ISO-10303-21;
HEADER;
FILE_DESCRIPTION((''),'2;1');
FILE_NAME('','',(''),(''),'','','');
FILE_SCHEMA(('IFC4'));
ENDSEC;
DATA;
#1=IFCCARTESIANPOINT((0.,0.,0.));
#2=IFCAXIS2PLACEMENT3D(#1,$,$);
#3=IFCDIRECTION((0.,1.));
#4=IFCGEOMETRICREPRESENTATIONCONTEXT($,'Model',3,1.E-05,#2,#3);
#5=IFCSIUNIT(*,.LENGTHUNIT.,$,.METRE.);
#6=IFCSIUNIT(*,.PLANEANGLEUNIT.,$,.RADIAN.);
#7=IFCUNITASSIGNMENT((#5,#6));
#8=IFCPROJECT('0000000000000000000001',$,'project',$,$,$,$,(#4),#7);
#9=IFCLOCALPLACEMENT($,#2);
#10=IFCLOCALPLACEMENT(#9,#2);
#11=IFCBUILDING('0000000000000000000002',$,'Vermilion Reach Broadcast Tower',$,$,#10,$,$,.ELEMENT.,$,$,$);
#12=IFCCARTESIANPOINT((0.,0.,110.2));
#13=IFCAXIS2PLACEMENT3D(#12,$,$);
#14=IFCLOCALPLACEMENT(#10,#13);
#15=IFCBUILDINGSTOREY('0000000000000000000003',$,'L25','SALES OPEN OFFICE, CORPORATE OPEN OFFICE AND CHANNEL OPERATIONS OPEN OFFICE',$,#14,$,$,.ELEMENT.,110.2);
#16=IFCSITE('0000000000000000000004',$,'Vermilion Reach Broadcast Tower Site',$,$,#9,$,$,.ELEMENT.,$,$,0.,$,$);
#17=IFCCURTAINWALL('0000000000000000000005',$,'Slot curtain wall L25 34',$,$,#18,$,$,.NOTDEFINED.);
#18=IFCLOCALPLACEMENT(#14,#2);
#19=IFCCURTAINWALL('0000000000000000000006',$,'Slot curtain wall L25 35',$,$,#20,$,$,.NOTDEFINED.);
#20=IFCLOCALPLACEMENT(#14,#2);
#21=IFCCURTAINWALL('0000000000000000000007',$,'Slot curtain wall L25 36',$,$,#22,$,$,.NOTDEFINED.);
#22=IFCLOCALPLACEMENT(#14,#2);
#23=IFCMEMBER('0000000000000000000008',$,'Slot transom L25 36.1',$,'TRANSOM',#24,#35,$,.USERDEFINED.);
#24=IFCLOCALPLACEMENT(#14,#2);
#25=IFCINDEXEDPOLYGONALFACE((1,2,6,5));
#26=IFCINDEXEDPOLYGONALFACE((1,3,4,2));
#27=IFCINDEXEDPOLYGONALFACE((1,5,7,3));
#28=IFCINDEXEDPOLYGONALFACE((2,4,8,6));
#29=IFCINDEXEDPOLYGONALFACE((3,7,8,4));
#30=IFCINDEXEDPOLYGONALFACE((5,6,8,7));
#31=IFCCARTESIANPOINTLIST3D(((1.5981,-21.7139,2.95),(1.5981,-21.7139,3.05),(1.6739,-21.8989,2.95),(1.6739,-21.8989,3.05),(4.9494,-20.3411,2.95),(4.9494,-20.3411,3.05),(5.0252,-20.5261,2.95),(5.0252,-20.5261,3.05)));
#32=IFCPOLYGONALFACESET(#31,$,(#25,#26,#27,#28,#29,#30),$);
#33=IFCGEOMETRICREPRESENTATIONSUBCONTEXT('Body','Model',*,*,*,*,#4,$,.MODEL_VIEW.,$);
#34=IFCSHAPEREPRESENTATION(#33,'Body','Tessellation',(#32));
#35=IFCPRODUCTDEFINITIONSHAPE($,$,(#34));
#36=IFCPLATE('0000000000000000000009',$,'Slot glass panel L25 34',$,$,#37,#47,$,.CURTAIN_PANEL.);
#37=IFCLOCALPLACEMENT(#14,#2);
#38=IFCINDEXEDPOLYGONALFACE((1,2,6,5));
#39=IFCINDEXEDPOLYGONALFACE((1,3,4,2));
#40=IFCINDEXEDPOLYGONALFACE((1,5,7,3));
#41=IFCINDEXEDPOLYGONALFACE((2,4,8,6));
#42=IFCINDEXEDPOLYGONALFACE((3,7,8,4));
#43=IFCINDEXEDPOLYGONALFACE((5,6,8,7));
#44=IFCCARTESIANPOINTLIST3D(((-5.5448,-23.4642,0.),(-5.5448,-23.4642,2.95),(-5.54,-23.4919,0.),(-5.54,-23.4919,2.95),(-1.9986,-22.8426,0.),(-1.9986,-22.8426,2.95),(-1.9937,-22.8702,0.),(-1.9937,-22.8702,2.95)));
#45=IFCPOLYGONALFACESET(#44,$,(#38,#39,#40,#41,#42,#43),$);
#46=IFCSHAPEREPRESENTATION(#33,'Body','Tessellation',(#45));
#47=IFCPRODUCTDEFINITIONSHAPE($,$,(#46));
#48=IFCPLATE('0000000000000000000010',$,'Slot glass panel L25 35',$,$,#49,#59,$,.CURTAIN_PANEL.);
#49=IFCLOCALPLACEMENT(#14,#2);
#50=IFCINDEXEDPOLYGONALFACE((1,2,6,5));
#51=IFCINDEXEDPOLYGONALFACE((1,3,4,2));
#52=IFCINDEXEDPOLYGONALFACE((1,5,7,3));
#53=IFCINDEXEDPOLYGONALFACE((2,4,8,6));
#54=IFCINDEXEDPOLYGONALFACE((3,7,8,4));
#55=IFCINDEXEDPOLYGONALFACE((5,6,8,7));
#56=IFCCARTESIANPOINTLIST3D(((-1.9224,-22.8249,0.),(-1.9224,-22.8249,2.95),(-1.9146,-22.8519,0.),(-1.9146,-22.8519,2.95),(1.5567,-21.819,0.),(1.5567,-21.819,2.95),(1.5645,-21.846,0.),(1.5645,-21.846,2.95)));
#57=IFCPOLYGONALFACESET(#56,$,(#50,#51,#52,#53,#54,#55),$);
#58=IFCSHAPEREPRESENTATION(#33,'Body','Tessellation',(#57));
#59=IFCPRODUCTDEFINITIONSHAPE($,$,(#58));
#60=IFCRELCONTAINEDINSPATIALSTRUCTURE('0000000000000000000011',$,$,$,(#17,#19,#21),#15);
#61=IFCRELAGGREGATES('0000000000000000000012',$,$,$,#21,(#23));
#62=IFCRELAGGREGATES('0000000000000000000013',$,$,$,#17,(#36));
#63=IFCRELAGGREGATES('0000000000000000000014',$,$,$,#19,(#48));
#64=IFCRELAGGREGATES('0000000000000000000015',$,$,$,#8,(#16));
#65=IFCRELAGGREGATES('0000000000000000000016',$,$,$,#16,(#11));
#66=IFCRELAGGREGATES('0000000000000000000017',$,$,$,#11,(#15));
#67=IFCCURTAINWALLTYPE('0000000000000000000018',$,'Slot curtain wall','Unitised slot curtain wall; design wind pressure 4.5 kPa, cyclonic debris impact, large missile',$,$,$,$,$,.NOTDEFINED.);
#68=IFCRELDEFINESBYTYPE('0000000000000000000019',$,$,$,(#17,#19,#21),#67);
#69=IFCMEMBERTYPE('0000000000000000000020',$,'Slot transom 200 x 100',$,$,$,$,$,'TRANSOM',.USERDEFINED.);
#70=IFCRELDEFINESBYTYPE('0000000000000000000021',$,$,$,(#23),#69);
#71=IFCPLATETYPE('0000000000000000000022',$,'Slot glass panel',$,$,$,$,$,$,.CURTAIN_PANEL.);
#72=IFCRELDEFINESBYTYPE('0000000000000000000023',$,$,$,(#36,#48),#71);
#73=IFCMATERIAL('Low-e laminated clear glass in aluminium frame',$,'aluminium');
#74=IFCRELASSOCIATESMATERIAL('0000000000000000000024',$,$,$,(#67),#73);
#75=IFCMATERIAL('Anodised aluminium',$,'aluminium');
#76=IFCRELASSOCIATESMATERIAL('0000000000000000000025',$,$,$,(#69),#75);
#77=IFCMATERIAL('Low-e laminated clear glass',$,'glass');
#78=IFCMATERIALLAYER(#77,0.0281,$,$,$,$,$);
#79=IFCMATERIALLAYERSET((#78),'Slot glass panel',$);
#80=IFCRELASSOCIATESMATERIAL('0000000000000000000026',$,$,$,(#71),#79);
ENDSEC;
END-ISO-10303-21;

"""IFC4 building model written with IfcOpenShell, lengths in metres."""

from ifc_helpers import new_model, si_unit, direction, frame, origin, origin_2d, place, context, subcontext, project, spatial, rectangle, extrude, material, layer, layer_set, material_profile, profile_set, type_object, element, aggregate, save


model = new_model("IFC4")

# Units and contexts
model_context = context("Model", 3, precision=1e-05, world=origin(), true_north=direction((0.0, 1.0)))
body_context = subcontext(model_context, "Body", "Model", "MODEL_VIEW")
ifc_project = project(units=[si_unit("LENGTHUNIT", "METRE"), si_unit("PLANEANGLEUNIT", "RADIAN")], contexts=[model_context])

# Site, building, storey
site_placement = place(None, origin())
site = spatial("IfcSite", under=ifc_project, at=site_placement, Name="Vermilion Reach Broadcast Tower Site", CompositionType="ELEMENT", RefElevation=0.0)
building_placement = place(site_placement, origin())
building = spatial("IfcBuilding", under=site, at=building_placement, Name="Vermilion Reach Broadcast Tower", CompositionType="ELEMENT")
storey_placement = place(building_placement, frame((0.0, 0.0, 110.2)))
storey = spatial("IfcBuildingStorey", under=building, at=storey_placement, Name="L25", Description="SALES OPEN OFFICE, CORPORATE OPEN OFFICE AND CHANNEL OPERATIONS OPEN OFFICE", CompositionType="ELEMENT", Elevation=110.2)

# Curtain walls
ifc_material_1 = material(Name="Low-e laminated clear glass in aluminium frame", Category="aluminium")
curtain_wall_type = type_object("IfcCurtainWallType", Name="Slot curtain wall", Description="Unitised slot curtain wall; design wind pressure 4.5 kPa, cyclonic debris impact, large missile", PredefinedType="NOTDEFINED", material=ifc_material_1)
placement = place(storey_placement, origin())
curtain_wall_1 = element("IfcCurtainWall", 1, at=placement, inside=storey, type_object=curtain_wall_type, Name="Slot curtain wall L25 34", PredefinedType="NOTDEFINED")
curtain_wall_2 = element("IfcCurtainWall", 2, at=placement, inside=storey, type_object=curtain_wall_type, Name="Slot curtain wall L25 35", PredefinedType="NOTDEFINED")
curtain_wall_3 = element("IfcCurtainWall", 3, at=placement, inside=storey, type_object=curtain_wall_type, Name="Slot curtain wall L25 36", PredefinedType="NOTDEFINED")

# Member
ifc_material_2 = material(Name="Anodised aluminium", Category="aluminium")
ifc_material_profile_1 = material_profile(ifc_material_2, rectangle(XDim=0.2, YDim=0.1001, at=origin_2d()), Name="Slot transom 200 x 100")
ifc_profile_set_1 = profile_set([ifc_material_profile_1], Name="Anodised aluminium")
member_type_1 = type_object("IfcMemberType", Name="Slot transom 200 x 100", ElementType="TRANSOM", PredefinedType="USERDEFINED", material=ifc_profile_set_1)
member_1_placement = place(storey_placement, frame((1.636, -21.8064, 3.0), z_axis=(0.925372, 0.379061, 0.0), x_axis=(-0.379061, 0.925372, 0.0)))
member_1 = element("IfcMember", 4, at=member_1_placement, type_object=member_type_1, Name="Slot transom L25 36.1", ObjectType="TRANSOM", PredefinedType="USERDEFINED", context=body_context, shape_type="SweptSolid", body=[
    extrude(rectangle(XDim=0.2, YDim=0.1001, at=origin_2d()), origin(), (0.0, 0.0, 1.0), 3.6216),
])
aggregate(curtain_wall_3, [member_1])

# Plates
ifc_material_3 = material(Name="Low-e laminated clear glass", Category="glass")
ifc_layer = layer(ifc_material_3, 0.0281)
ifc_layer_set = layer_set([ifc_layer], Name="Slot glass panel")
plate_type = type_object("IfcPlateType", Name="Slot glass panel", PredefinedType="CURTAIN_PANEL", material=ifc_layer_set)
plate_1_placement = place(storey_placement, frame((-3.7693, -23.1672, 0.0), z_axis=(0.0, 0.0, 1.0), x_axis=(0.984982, 0.172659, 0.0)))
plate_1 = element("IfcPlate", 5, at=plate_1_placement, type_object=plate_type, Name="Slot glass panel L25 34", PredefinedType="CURTAIN_PANEL", context=body_context, shape_type="SweptSolid", body=[
    extrude(rectangle(XDim=3.6003, YDim=0.0281, at=origin_2d()), origin(), (0.0, 0.0, 1.0), 2.95),
])
aggregate(curtain_wall_1, [plate_1])
plate_2_placement = place(storey_placement, frame((-0.179, -22.3354, 0.0), z_axis=(0.0, 0.0, 1.0), x_axis=(0.960655, 0.277745, 0.0)))
plate_2 = element("IfcPlate", 6, at=plate_2_placement, type_object=plate_type, Name="Slot glass panel L25 35", PredefinedType="CURTAIN_PANEL", context=body_context, shape_type="SweptSolid", body=[
    extrude(rectangle(XDim=3.6216, YDim=0.0281, at=origin_2d()), origin(), (0.0, 0.0, 1.0), 2.95),
])
aggregate(curtain_wall_2, [plate_2])

save(model, "model.ifc")
